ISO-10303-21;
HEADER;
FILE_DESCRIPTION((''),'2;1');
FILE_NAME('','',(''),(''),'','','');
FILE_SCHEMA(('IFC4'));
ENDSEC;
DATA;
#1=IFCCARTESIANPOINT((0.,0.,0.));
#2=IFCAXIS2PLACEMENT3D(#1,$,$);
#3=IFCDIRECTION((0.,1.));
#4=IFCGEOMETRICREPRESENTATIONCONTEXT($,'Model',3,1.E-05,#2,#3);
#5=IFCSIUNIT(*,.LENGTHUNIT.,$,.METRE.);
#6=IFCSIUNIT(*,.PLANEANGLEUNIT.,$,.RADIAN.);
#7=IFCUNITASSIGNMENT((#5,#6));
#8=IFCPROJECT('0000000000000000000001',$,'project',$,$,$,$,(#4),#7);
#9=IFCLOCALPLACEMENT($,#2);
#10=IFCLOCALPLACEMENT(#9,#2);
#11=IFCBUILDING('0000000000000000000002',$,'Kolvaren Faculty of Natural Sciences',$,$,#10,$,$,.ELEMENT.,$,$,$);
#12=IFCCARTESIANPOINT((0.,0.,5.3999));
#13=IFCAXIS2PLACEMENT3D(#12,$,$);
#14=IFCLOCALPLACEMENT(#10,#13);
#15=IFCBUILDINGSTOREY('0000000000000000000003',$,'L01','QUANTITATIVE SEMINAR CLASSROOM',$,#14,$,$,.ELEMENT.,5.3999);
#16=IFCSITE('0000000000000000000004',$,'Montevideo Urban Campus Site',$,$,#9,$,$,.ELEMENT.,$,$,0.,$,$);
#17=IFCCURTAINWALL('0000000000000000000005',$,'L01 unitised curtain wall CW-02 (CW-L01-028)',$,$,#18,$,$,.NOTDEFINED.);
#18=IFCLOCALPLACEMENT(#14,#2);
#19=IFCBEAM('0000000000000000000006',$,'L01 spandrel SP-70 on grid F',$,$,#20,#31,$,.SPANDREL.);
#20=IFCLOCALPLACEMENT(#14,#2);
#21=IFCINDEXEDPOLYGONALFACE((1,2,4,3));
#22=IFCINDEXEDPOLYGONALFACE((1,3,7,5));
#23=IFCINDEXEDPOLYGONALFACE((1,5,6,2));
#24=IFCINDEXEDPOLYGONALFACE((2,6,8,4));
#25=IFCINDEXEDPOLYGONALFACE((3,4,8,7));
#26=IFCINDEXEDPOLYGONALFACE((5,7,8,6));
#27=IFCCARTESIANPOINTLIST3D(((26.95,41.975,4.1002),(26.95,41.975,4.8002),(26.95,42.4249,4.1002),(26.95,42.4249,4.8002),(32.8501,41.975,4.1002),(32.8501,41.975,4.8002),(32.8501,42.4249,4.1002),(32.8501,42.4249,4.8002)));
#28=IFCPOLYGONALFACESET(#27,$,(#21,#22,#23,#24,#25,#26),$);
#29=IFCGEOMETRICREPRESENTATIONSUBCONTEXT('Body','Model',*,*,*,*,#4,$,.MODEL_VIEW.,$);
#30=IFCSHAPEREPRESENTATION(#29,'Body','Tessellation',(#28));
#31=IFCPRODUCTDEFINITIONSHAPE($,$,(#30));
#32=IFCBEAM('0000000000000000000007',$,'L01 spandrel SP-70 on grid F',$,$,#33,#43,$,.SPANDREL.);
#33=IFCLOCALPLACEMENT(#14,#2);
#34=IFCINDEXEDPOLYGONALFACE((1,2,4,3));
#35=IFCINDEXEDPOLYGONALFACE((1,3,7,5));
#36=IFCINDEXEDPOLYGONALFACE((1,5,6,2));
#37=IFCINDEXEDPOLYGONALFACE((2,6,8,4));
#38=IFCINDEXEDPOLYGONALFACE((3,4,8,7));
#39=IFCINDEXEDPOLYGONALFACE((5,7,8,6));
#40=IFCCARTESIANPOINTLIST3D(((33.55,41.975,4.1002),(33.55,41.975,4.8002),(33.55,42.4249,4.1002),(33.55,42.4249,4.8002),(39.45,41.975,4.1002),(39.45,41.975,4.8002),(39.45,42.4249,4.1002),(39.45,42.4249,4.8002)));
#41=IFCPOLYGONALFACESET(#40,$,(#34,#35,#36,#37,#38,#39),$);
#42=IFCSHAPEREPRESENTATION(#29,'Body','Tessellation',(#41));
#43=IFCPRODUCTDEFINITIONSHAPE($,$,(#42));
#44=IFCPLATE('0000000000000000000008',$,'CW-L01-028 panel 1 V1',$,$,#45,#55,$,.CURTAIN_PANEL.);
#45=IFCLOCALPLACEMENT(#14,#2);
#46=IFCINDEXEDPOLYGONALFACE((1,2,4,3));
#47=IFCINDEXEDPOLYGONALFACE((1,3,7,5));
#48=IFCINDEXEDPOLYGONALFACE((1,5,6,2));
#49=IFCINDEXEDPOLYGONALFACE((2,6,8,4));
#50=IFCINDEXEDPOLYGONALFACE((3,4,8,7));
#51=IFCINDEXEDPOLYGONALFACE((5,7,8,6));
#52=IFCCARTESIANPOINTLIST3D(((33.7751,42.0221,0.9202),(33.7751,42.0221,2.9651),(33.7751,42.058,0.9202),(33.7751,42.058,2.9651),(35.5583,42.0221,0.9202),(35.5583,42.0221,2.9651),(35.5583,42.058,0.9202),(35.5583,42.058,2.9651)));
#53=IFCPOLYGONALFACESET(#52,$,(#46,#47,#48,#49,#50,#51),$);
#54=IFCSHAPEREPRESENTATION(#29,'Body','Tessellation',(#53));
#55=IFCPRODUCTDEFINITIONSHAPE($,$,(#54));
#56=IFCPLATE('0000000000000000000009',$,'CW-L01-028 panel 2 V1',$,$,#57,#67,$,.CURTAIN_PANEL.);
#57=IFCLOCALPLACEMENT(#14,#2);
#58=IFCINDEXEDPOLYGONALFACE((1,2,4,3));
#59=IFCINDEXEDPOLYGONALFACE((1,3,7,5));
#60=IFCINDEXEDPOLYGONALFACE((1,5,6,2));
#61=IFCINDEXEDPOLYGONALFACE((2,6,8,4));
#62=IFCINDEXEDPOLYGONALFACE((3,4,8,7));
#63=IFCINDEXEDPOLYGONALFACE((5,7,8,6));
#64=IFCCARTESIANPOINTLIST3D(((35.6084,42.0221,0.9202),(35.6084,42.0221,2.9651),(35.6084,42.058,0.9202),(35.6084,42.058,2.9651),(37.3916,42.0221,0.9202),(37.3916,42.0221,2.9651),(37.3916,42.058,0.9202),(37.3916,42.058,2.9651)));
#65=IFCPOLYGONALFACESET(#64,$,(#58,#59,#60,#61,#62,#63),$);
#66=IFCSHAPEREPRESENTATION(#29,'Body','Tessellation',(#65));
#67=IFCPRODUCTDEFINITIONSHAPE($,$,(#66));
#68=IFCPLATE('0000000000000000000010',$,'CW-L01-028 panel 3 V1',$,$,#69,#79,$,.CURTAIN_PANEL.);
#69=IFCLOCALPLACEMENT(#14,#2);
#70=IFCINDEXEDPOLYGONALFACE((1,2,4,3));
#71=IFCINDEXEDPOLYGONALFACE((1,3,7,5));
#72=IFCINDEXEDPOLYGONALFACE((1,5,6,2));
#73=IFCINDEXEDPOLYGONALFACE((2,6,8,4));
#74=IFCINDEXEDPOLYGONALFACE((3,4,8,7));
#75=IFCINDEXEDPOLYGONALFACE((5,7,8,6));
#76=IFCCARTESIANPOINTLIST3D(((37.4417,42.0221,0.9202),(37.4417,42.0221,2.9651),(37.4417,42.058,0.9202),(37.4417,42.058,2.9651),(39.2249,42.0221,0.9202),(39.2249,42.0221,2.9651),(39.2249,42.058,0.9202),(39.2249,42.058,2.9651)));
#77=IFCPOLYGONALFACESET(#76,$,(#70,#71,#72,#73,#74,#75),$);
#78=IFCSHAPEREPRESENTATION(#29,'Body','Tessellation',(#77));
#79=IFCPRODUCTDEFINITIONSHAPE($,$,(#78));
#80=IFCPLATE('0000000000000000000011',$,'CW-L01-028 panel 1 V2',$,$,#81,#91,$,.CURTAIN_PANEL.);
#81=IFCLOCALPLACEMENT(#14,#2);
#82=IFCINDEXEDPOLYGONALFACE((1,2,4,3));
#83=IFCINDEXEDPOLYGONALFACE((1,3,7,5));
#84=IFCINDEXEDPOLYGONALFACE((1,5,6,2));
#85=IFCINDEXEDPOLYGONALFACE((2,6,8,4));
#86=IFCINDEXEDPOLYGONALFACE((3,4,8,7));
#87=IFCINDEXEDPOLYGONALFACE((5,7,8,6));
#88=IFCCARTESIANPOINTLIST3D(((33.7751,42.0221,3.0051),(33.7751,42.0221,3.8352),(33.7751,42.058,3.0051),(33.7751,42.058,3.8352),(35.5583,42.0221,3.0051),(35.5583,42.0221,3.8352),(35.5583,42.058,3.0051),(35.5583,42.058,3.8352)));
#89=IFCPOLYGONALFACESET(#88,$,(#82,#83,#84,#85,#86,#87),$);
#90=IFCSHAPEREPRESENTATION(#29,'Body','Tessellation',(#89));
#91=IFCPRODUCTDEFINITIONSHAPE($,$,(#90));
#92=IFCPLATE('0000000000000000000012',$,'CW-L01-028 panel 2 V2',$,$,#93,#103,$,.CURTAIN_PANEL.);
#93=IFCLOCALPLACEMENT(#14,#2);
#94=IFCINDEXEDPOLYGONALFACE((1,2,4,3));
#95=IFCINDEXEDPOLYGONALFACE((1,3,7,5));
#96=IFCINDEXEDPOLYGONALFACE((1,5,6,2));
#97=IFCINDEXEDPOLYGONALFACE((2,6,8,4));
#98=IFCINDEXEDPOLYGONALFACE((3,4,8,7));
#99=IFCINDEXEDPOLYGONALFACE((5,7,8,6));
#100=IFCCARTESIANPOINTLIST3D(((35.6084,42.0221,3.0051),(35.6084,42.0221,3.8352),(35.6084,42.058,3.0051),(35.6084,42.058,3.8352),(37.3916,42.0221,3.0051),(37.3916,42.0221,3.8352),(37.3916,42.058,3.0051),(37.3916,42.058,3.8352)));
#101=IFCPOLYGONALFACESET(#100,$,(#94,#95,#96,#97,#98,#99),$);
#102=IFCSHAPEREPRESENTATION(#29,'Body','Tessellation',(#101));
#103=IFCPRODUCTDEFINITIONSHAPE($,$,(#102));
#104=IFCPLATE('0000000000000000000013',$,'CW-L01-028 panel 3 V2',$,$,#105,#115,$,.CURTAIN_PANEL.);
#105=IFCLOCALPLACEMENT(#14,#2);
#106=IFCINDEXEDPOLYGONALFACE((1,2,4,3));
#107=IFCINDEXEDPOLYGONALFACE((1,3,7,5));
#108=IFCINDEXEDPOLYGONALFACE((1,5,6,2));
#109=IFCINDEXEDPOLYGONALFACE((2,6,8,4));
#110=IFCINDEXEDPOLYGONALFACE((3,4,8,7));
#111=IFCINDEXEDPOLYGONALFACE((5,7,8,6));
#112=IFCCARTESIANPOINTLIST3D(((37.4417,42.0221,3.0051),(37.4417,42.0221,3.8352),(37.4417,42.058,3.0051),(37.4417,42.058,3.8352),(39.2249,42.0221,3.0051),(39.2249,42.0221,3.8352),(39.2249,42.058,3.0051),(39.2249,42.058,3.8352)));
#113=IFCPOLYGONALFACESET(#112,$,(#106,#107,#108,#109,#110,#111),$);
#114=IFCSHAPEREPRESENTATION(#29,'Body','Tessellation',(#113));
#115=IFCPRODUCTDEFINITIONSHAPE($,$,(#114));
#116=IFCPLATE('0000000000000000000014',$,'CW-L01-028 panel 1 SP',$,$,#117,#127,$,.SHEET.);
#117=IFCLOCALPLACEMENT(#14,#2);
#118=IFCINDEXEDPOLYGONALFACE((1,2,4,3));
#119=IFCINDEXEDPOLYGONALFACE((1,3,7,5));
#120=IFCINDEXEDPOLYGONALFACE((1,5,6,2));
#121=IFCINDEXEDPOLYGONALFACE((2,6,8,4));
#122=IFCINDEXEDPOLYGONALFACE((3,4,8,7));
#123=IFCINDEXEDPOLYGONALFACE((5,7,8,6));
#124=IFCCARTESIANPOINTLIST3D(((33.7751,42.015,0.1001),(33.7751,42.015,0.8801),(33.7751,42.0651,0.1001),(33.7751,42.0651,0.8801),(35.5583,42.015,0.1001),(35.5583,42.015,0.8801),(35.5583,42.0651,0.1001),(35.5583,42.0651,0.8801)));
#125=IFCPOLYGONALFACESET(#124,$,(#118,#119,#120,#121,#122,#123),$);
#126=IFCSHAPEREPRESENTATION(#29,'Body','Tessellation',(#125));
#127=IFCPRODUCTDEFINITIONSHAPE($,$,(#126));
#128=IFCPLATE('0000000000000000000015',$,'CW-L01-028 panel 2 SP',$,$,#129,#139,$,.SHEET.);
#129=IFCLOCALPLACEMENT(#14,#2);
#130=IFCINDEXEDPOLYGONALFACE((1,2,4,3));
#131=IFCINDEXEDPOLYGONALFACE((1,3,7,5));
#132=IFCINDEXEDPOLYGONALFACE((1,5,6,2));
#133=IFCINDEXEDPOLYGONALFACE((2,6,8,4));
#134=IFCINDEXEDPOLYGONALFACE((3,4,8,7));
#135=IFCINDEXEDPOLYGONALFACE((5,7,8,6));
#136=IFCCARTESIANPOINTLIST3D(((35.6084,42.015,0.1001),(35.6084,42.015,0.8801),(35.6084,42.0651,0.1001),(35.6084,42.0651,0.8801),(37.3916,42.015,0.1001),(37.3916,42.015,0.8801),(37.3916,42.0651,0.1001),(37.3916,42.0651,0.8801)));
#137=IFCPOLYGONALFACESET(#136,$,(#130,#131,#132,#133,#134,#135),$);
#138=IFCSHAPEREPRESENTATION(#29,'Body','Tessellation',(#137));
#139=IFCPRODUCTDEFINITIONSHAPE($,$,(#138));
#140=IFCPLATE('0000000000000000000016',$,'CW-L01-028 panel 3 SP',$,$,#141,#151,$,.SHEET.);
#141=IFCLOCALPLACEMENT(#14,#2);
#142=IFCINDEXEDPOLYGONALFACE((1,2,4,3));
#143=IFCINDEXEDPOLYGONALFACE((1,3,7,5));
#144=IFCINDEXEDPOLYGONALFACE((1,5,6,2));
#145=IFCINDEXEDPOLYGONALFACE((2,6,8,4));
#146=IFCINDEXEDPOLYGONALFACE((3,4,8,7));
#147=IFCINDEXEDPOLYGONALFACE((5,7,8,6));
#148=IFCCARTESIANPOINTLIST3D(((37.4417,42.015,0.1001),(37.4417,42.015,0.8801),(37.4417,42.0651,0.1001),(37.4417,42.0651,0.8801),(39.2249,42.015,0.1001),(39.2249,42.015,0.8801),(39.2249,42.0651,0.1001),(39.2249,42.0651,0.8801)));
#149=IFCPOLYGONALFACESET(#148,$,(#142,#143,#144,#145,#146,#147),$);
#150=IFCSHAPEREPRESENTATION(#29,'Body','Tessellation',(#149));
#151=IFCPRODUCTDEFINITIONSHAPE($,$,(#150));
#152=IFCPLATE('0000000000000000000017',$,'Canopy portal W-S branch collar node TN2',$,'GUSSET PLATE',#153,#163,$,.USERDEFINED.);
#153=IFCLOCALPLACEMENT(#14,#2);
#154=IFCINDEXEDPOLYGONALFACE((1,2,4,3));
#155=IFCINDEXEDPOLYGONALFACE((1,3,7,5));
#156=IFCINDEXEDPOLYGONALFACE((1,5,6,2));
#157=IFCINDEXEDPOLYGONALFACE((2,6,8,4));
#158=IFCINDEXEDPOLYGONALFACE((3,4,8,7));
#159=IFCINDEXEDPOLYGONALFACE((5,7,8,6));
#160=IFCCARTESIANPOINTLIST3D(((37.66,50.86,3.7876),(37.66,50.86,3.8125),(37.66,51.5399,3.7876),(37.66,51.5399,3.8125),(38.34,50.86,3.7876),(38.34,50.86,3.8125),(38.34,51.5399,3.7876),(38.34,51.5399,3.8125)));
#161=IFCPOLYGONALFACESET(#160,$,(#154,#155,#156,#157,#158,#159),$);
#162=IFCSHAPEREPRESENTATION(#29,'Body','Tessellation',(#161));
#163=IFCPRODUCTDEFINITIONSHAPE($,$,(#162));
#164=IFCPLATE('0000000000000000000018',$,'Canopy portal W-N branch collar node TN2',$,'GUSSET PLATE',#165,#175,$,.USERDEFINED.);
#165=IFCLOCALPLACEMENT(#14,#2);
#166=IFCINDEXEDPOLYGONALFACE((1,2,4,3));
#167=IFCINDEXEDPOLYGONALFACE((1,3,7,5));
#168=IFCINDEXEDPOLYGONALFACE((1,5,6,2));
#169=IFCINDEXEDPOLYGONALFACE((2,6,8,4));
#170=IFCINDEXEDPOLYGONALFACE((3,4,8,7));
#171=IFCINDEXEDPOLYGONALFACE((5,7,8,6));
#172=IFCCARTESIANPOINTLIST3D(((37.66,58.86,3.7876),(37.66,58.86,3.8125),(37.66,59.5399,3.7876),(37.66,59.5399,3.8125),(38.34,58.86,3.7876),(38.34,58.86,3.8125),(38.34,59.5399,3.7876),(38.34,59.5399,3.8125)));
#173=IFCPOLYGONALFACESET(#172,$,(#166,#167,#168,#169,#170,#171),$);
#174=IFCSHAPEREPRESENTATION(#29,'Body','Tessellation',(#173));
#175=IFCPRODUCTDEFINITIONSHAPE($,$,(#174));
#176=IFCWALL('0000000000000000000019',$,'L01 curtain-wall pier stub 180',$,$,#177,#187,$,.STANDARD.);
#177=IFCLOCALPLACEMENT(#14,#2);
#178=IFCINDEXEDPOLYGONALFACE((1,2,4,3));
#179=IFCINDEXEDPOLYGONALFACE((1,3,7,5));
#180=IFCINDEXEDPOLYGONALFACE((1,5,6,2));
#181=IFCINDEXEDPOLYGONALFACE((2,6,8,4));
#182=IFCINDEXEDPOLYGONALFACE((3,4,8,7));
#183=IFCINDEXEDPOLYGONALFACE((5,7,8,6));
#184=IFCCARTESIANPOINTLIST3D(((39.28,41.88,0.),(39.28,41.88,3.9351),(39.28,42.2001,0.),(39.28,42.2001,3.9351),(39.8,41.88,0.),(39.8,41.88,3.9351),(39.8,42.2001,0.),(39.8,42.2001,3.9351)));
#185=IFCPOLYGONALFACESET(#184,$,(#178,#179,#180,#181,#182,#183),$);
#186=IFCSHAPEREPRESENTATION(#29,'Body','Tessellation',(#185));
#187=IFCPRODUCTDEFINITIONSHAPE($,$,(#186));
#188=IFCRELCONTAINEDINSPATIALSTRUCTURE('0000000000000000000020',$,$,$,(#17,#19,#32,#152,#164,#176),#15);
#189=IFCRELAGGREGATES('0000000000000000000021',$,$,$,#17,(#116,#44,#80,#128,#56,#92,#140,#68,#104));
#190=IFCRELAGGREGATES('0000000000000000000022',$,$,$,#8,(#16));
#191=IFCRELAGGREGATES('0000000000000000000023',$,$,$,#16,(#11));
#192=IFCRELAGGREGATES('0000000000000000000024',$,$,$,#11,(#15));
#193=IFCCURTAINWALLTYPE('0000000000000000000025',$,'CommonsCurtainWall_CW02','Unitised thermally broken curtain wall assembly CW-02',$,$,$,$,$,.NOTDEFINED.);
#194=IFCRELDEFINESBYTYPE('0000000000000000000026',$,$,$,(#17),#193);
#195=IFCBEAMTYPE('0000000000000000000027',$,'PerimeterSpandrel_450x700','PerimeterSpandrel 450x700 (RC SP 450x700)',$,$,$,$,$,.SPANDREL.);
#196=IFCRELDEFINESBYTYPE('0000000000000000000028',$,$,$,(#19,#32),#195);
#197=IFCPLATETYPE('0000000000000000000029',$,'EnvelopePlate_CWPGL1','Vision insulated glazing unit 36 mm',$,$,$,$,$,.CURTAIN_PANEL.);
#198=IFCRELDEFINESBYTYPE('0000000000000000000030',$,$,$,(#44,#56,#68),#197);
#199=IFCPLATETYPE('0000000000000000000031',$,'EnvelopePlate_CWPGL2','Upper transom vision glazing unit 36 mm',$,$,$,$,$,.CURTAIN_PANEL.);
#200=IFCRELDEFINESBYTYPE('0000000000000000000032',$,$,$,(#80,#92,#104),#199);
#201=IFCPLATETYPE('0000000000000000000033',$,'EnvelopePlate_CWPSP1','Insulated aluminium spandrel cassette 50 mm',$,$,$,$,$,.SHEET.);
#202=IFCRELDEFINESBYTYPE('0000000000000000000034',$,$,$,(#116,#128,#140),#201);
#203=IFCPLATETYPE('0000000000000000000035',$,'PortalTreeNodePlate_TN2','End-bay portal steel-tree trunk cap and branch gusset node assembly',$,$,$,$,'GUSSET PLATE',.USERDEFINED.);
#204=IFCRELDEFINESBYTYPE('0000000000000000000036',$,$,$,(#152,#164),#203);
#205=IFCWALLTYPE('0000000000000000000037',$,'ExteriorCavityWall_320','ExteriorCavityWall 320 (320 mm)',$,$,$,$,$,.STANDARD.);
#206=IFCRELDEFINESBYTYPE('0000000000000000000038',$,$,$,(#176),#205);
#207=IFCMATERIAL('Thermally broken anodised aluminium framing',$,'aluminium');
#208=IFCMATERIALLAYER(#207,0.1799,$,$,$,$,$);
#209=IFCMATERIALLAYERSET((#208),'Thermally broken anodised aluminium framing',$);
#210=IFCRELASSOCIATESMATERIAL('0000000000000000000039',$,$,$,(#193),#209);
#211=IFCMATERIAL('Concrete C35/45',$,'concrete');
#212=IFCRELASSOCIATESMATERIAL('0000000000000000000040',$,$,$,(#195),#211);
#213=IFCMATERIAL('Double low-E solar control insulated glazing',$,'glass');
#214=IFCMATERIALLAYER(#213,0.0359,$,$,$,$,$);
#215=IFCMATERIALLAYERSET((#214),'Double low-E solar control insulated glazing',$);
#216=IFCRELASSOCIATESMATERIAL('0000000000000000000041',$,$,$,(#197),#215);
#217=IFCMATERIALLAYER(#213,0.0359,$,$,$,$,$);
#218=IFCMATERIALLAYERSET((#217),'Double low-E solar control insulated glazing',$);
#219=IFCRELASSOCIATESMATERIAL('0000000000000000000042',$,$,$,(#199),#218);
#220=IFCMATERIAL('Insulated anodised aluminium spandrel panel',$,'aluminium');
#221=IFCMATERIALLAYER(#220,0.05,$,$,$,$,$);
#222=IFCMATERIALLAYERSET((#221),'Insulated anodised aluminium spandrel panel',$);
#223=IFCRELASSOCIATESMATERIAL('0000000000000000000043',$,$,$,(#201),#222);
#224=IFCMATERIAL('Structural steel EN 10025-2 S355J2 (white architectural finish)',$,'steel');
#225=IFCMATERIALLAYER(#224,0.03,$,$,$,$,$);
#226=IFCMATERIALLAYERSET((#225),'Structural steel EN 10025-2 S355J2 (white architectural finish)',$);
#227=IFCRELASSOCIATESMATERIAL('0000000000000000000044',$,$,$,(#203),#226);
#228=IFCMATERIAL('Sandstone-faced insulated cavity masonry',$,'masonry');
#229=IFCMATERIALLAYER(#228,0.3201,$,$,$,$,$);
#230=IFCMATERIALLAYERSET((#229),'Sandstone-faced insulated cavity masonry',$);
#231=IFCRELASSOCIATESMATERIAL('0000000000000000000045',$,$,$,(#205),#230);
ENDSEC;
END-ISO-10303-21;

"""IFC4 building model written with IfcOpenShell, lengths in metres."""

from ifc_helpers import new_model, si_unit, direction, frame, frame_2d, origin, origin_2d, place, context, subcontext, project, spatial, rectangle, extrude, material, layer, layer_set, material_profile, profile_set, type_object, element, aggregate, save


model = new_model("IFC4")

# Units and contexts
model_context = context("Model", 3, precision=1e-05, world=origin(), true_north=direction((0.0, 1.0)))
body_context = subcontext(model_context, "Body", "Model", "MODEL_VIEW")
ifc_project = project(units=[si_unit("LENGTHUNIT", "METRE"), si_unit("PLANEANGLEUNIT", "RADIAN")], contexts=[model_context])

# Site, building, storey
site_placement = place(None, origin())
site = spatial("IfcSite", under=ifc_project, at=site_placement, Name="Montevideo Urban Campus Site", CompositionType="ELEMENT", RefElevation=0.0)
building_placement = place(site_placement, origin())
building = spatial("IfcBuilding", under=site, at=building_placement, Name="Kolvaren Faculty of Natural Sciences", CompositionType="ELEMENT")
storey_placement = place(building_placement, frame((0.0, 0.0, 5.3999)))
storey = spatial("IfcBuildingStorey", under=building, at=storey_placement, Name="L01", Description="QUANTITATIVE SEMINAR CLASSROOM", CompositionType="ELEMENT", Elevation=5.3999)

# Curtain wall
ifc_material_1 = material(Name="Thermally broken anodised aluminium framing", Category="aluminium")
ifc_layer_1 = layer(ifc_material_1, 0.1799)
ifc_layer_set_1 = layer_set([ifc_layer_1], Name="Thermally broken anodised aluminium framing")
curtain_wall_type = type_object("IfcCurtainWallType", Name="CommonsCurtainWall_CW02", Description="Unitised thermally broken curtain wall assembly CW-02", PredefinedType="NOTDEFINED", material=ifc_layer_set_1)
curtain_wall_placement = place(storey_placement, origin())
curtain_wall = element("IfcCurtainWall", 1, at=curtain_wall_placement, inside=storey, type_object=curtain_wall_type, Name="L01 unitised curtain wall CW-02 (CW-L01-028)", PredefinedType="NOTDEFINED")

# Beams
ifc_material_2 = material(Name="Concrete C35/45", Category="concrete")
ifc_material_profile_1 = material_profile(ifc_material_2, rectangle(XDim=0.45, YDim=0.7, at=origin_2d()), Name="RC SP 450x700")
ifc_profile_set_1 = profile_set([ifc_material_profile_1], Name="Concrete C35/45")
beam_type_1 = type_object("IfcBeamType", Name="PerimeterSpandrel_450x700", Description="PerimeterSpandrel 450x700 (RC SP 450x700)", PredefinedType="SPANDREL", material=ifc_profile_set_1)
beam_1_placement = place(storey_placement, frame((26.95, 42.2, 4.4502), z_axis=(1.0, 0.0, 0.0), x_axis=(0.0, 1.0, 0.0)))
element("IfcBeam", 2, at=beam_1_placement, inside=storey, type_object=beam_type_1, Name="L01 spandrel SP-70 on grid F", PredefinedType="SPANDREL", context=body_context, shape_type="SweptSolid", body=[
    extrude(rectangle(XDim=0.45, YDim=0.7, at=origin_2d()), origin(), (0.0, 0.0, 1.0), 5.9001),
])
beam_2_placement = place(storey_placement, frame((33.55, 42.2, 4.4502), z_axis=(1.0, 0.0, 0.0), x_axis=(0.0, 1.0, 0.0)))
element("IfcBeam", 3, at=beam_2_placement, inside=storey, type_object=beam_type_1, Name="L01 spandrel SP-70 on grid F", PredefinedType="SPANDREL", context=body_context, shape_type="SweptSolid", body=[
    extrude(rectangle(XDim=0.45, YDim=0.7, at=origin_2d()), origin(), (0.0, 0.0, 1.0), 5.8999),
])

# Plates
ifc_material_3 = material(Name="Double low-E solar control insulated glazing", Category="glass")
ifc_layer_2 = layer(ifc_material_3, 0.0359)
ifc_layer_set_2 = layer_set([ifc_layer_2], Name="Double low-E solar control insulated glazing")
plate_type_1 = type_object("IfcPlateType", Name="EnvelopePlate_CWPGL1", Description="Vision insulated glazing unit 36 mm", PredefinedType="CURTAIN_PANEL", material=ifc_layer_set_2)
plate_1_placement = place(storey_placement, frame((34.6667, 42.04, 0.9202), z_axis=(0.0, 0.0, 1.0), x_axis=(1.0, 0.0, 0.0)))
plate_1 = element("IfcPlate", 4, at=plate_1_placement, type_object=plate_type_1, Name="CW-L01-028 panel 1 V1", PredefinedType="CURTAIN_PANEL", context=body_context, shape_type="SweptSolid", body=[
    extrude(rectangle(XDim=1.7832, YDim=0.0359, at=origin_2d()), origin(), (0.0, 0.0, 1.0), 2.0449),
])
plate_2_placement = place(storey_placement, frame((36.5, 42.04, 0.9202), z_axis=(0.0, 0.0, 1.0), x_axis=(1.0, 0.0, 0.0)))
plate_2 = element("IfcPlate", 5, at=plate_2_placement, type_object=plate_type_1, Name="CW-L01-028 panel 2 V1", PredefinedType="CURTAIN_PANEL", context=body_context, shape_type="SweptSolid", body=[
    extrude(rectangle(XDim=1.7832, YDim=0.0359, at=origin_2d()), origin(), (0.0, 0.0, 1.0), 2.0449),
])
plate_3_placement = place(storey_placement, frame((38.3333, 42.04, 0.9202), z_axis=(0.0, 0.0, 1.0), x_axis=(1.0, 0.0, 0.0)))
plate_3 = element("IfcPlate", 6, at=plate_3_placement, type_object=plate_type_1, Name="CW-L01-028 panel 3 V1", PredefinedType="CURTAIN_PANEL", context=body_context, shape_type="SweptSolid", body=[
    extrude(rectangle(XDim=1.7832, YDim=0.0359, at=origin_2d()), origin(), (0.0, 0.0, 1.0), 2.0449),
])
ifc_layer_3 = layer(ifc_material_3, 0.0359)
ifc_layer_set_3 = layer_set([ifc_layer_3], Name="Double low-E solar control insulated glazing")
plate_type_2 = type_object("IfcPlateType", Name="EnvelopePlate_CWPGL2", Description="Upper transom vision glazing unit 36 mm", PredefinedType="CURTAIN_PANEL", material=ifc_layer_set_3)
plate_4_placement = place(storey_placement, frame((34.6667, 42.04, 3.0051), z_axis=(0.0, 0.0, 1.0), x_axis=(1.0, 0.0, 0.0)))
plate_4 = element("IfcPlate", 7, at=plate_4_placement, type_object=plate_type_2, Name="CW-L01-028 panel 1 V2", PredefinedType="CURTAIN_PANEL", context=body_context, shape_type="SweptSolid", body=[
    extrude(rectangle(XDim=1.7832, YDim=0.0359, at=origin_2d()), origin(), (0.0, 0.0, 1.0), 0.8301),
])
plate_5_placement = place(storey_placement, frame((36.5, 42.04, 3.0051), z_axis=(0.0, 0.0, 1.0), x_axis=(1.0, 0.0, 0.0)))
plate_5 = element("IfcPlate", 8, at=plate_5_placement, type_object=plate_type_2, Name="CW-L01-028 panel 2 V2", PredefinedType="CURTAIN_PANEL", context=body_context, shape_type="SweptSolid", body=[
    extrude(rectangle(XDim=1.7832, YDim=0.0359, at=origin_2d()), origin(), (0.0, 0.0, 1.0), 0.8301),
])
plate_6_placement = place(storey_placement, frame((38.3333, 42.04, 3.0051), z_axis=(0.0, 0.0, 1.0), x_axis=(1.0, 0.0, 0.0)))
plate_6 = element("IfcPlate", 9, at=plate_6_placement, type_object=plate_type_2, Name="CW-L01-028 panel 3 V2", PredefinedType="CURTAIN_PANEL", context=body_context, shape_type="SweptSolid", body=[
    extrude(rectangle(XDim=1.7832, YDim=0.0359, at=origin_2d()), origin(), (0.0, 0.0, 1.0), 0.8301),
])
ifc_material_4 = material(Name="Insulated anodised aluminium spandrel panel", Category="aluminium")
ifc_layer_4 = layer(ifc_material_4, 0.05)
ifc_layer_set_4 = layer_set([ifc_layer_4], Name="Insulated anodised aluminium spandrel panel")
plate_type_3 = type_object("IfcPlateType", Name="EnvelopePlate_CWPSP1", Description="Insulated aluminium spandrel cassette 50 mm", PredefinedType="SHEET", material=ifc_layer_set_4)
plate_7_placement = place(storey_placement, frame((34.6667, 42.04, 0.1001), z_axis=(0.0, 0.0, 1.0), x_axis=(1.0, 0.0, 0.0)))
plate_7 = element("IfcPlate", 10, at=plate_7_placement, type_object=plate_type_3, Name="CW-L01-028 panel 1 SP", PredefinedType="SHEET", context=body_context, shape_type="SweptSolid", body=[
    extrude(rectangle(XDim=1.7832, YDim=0.05, at=origin_2d()), origin(), (0.0, 0.0, 1.0), 0.78),
])
plate_8_placement = place(storey_placement, frame((36.5, 42.04, 0.1001), z_axis=(0.0, 0.0, 1.0), x_axis=(1.0, 0.0, 0.0)))
plate_8 = element("IfcPlate", 11, at=plate_8_placement, type_object=plate_type_3, Name="CW-L01-028 panel 2 SP", PredefinedType="SHEET", context=body_context, shape_type="SweptSolid", body=[
    extrude(rectangle(XDim=1.7832, YDim=0.05, at=origin_2d()), origin(), (0.0, 0.0, 1.0), 0.78),
])
plate_9_placement = place(storey_placement, frame((38.3333, 42.04, 0.1001), z_axis=(0.0, 0.0, 1.0), x_axis=(1.0, 0.0, 0.0)))
plate_9 = element("IfcPlate", 12, at=plate_9_placement, type_object=plate_type_3, Name="CW-L01-028 panel 3 SP", PredefinedType="SHEET", context=body_context, shape_type="SweptSolid", body=[
    extrude(rectangle(XDim=1.7832, YDim=0.05, at=origin_2d()), origin(), (0.0, 0.0, 1.0), 0.78),
])
aggregate(curtain_wall, [plate_7, plate_1, plate_4, plate_8, plate_2, plate_5, plate_9, plate_3, plate_6])

# Plates
ifc_material_5 = material(Name="Structural steel EN 10025-2 S355J2 (white architectural finish)", Category="steel")
ifc_layer_5 = layer(ifc_material_5, 0.03)
ifc_layer_set_5 = layer_set([ifc_layer_5], Name="Structural steel EN 10025-2 S355J2 (white architectural finish)")
plate_type_4 = type_object("IfcPlateType", Name="PortalTreeNodePlate_TN2", Description="End-bay portal steel-tree trunk cap and branch gusset node assembly", ElementType="GUSSET PLATE", PredefinedType="USERDEFINED", material=ifc_layer_set_5)
for number, where, z_axis, x_axis, name in (
    (13, (38.0, 51.2, 3.7876), (0.0, 0.0, 1.0), (1.0, 0.0, 0.0), "Canopy portal W-S branch collar node TN2"),
    (14, (38.0, 59.2, 3.7876), (0.0, 0.0, 1.0), (1.0, 0.0, 0.0), "Canopy portal W-N branch collar node TN2"),
):
    element("IfcPlate", number, at=place(storey_placement, frame(where, z_axis=z_axis, x_axis=x_axis)), inside=storey, type_object=plate_type_4, Name=name, ObjectType="GUSSET PLATE", PredefinedType="USERDEFINED", context=body_context, shape_type="SweptSolid", body=[
        extrude(rectangle(XDim=0.6799, YDim=0.6799, at=origin_2d()), origin(), (0.0, 0.0, 1.0), 0.0249),
    ])

# Wall
ifc_material_6 = material(Name="Sandstone-faced insulated cavity masonry", Category="masonry")
ifc_layer_6 = layer(ifc_material_6, 0.3201)
ifc_layer_set_6 = layer_set([ifc_layer_6], Name="Sandstone-faced insulated cavity masonry")
wall_type = type_object("IfcWallType", Name="ExteriorCavityWall_320", Description="ExteriorCavityWall 320 (320 mm)", PredefinedType="STANDARD", material=ifc_layer_set_6)
for number, where, z_axis, x_axis, name in (
    (15, (39.28, 42.04, 0.0), (0.0, 0.0, 1.0), (1.0, 0.0, 0.0), "L01 curtain-wall pier stub 180"),
):
    element("IfcWall", number, at=place(storey_placement, frame(where, z_axis=z_axis, x_axis=x_axis)), inside=storey, type_object=wall_type, Name=name, PredefinedType="STANDARD", context=body_context, shape_type="SweptSolid", body=[
        extrude(rectangle(XDim=0.52, YDim=0.3201, at=frame_2d((0.26, 0.0))), origin(), (0.0, 0.0, 1.0), 3.9351),
    ])

save(model, "model.ifc")
